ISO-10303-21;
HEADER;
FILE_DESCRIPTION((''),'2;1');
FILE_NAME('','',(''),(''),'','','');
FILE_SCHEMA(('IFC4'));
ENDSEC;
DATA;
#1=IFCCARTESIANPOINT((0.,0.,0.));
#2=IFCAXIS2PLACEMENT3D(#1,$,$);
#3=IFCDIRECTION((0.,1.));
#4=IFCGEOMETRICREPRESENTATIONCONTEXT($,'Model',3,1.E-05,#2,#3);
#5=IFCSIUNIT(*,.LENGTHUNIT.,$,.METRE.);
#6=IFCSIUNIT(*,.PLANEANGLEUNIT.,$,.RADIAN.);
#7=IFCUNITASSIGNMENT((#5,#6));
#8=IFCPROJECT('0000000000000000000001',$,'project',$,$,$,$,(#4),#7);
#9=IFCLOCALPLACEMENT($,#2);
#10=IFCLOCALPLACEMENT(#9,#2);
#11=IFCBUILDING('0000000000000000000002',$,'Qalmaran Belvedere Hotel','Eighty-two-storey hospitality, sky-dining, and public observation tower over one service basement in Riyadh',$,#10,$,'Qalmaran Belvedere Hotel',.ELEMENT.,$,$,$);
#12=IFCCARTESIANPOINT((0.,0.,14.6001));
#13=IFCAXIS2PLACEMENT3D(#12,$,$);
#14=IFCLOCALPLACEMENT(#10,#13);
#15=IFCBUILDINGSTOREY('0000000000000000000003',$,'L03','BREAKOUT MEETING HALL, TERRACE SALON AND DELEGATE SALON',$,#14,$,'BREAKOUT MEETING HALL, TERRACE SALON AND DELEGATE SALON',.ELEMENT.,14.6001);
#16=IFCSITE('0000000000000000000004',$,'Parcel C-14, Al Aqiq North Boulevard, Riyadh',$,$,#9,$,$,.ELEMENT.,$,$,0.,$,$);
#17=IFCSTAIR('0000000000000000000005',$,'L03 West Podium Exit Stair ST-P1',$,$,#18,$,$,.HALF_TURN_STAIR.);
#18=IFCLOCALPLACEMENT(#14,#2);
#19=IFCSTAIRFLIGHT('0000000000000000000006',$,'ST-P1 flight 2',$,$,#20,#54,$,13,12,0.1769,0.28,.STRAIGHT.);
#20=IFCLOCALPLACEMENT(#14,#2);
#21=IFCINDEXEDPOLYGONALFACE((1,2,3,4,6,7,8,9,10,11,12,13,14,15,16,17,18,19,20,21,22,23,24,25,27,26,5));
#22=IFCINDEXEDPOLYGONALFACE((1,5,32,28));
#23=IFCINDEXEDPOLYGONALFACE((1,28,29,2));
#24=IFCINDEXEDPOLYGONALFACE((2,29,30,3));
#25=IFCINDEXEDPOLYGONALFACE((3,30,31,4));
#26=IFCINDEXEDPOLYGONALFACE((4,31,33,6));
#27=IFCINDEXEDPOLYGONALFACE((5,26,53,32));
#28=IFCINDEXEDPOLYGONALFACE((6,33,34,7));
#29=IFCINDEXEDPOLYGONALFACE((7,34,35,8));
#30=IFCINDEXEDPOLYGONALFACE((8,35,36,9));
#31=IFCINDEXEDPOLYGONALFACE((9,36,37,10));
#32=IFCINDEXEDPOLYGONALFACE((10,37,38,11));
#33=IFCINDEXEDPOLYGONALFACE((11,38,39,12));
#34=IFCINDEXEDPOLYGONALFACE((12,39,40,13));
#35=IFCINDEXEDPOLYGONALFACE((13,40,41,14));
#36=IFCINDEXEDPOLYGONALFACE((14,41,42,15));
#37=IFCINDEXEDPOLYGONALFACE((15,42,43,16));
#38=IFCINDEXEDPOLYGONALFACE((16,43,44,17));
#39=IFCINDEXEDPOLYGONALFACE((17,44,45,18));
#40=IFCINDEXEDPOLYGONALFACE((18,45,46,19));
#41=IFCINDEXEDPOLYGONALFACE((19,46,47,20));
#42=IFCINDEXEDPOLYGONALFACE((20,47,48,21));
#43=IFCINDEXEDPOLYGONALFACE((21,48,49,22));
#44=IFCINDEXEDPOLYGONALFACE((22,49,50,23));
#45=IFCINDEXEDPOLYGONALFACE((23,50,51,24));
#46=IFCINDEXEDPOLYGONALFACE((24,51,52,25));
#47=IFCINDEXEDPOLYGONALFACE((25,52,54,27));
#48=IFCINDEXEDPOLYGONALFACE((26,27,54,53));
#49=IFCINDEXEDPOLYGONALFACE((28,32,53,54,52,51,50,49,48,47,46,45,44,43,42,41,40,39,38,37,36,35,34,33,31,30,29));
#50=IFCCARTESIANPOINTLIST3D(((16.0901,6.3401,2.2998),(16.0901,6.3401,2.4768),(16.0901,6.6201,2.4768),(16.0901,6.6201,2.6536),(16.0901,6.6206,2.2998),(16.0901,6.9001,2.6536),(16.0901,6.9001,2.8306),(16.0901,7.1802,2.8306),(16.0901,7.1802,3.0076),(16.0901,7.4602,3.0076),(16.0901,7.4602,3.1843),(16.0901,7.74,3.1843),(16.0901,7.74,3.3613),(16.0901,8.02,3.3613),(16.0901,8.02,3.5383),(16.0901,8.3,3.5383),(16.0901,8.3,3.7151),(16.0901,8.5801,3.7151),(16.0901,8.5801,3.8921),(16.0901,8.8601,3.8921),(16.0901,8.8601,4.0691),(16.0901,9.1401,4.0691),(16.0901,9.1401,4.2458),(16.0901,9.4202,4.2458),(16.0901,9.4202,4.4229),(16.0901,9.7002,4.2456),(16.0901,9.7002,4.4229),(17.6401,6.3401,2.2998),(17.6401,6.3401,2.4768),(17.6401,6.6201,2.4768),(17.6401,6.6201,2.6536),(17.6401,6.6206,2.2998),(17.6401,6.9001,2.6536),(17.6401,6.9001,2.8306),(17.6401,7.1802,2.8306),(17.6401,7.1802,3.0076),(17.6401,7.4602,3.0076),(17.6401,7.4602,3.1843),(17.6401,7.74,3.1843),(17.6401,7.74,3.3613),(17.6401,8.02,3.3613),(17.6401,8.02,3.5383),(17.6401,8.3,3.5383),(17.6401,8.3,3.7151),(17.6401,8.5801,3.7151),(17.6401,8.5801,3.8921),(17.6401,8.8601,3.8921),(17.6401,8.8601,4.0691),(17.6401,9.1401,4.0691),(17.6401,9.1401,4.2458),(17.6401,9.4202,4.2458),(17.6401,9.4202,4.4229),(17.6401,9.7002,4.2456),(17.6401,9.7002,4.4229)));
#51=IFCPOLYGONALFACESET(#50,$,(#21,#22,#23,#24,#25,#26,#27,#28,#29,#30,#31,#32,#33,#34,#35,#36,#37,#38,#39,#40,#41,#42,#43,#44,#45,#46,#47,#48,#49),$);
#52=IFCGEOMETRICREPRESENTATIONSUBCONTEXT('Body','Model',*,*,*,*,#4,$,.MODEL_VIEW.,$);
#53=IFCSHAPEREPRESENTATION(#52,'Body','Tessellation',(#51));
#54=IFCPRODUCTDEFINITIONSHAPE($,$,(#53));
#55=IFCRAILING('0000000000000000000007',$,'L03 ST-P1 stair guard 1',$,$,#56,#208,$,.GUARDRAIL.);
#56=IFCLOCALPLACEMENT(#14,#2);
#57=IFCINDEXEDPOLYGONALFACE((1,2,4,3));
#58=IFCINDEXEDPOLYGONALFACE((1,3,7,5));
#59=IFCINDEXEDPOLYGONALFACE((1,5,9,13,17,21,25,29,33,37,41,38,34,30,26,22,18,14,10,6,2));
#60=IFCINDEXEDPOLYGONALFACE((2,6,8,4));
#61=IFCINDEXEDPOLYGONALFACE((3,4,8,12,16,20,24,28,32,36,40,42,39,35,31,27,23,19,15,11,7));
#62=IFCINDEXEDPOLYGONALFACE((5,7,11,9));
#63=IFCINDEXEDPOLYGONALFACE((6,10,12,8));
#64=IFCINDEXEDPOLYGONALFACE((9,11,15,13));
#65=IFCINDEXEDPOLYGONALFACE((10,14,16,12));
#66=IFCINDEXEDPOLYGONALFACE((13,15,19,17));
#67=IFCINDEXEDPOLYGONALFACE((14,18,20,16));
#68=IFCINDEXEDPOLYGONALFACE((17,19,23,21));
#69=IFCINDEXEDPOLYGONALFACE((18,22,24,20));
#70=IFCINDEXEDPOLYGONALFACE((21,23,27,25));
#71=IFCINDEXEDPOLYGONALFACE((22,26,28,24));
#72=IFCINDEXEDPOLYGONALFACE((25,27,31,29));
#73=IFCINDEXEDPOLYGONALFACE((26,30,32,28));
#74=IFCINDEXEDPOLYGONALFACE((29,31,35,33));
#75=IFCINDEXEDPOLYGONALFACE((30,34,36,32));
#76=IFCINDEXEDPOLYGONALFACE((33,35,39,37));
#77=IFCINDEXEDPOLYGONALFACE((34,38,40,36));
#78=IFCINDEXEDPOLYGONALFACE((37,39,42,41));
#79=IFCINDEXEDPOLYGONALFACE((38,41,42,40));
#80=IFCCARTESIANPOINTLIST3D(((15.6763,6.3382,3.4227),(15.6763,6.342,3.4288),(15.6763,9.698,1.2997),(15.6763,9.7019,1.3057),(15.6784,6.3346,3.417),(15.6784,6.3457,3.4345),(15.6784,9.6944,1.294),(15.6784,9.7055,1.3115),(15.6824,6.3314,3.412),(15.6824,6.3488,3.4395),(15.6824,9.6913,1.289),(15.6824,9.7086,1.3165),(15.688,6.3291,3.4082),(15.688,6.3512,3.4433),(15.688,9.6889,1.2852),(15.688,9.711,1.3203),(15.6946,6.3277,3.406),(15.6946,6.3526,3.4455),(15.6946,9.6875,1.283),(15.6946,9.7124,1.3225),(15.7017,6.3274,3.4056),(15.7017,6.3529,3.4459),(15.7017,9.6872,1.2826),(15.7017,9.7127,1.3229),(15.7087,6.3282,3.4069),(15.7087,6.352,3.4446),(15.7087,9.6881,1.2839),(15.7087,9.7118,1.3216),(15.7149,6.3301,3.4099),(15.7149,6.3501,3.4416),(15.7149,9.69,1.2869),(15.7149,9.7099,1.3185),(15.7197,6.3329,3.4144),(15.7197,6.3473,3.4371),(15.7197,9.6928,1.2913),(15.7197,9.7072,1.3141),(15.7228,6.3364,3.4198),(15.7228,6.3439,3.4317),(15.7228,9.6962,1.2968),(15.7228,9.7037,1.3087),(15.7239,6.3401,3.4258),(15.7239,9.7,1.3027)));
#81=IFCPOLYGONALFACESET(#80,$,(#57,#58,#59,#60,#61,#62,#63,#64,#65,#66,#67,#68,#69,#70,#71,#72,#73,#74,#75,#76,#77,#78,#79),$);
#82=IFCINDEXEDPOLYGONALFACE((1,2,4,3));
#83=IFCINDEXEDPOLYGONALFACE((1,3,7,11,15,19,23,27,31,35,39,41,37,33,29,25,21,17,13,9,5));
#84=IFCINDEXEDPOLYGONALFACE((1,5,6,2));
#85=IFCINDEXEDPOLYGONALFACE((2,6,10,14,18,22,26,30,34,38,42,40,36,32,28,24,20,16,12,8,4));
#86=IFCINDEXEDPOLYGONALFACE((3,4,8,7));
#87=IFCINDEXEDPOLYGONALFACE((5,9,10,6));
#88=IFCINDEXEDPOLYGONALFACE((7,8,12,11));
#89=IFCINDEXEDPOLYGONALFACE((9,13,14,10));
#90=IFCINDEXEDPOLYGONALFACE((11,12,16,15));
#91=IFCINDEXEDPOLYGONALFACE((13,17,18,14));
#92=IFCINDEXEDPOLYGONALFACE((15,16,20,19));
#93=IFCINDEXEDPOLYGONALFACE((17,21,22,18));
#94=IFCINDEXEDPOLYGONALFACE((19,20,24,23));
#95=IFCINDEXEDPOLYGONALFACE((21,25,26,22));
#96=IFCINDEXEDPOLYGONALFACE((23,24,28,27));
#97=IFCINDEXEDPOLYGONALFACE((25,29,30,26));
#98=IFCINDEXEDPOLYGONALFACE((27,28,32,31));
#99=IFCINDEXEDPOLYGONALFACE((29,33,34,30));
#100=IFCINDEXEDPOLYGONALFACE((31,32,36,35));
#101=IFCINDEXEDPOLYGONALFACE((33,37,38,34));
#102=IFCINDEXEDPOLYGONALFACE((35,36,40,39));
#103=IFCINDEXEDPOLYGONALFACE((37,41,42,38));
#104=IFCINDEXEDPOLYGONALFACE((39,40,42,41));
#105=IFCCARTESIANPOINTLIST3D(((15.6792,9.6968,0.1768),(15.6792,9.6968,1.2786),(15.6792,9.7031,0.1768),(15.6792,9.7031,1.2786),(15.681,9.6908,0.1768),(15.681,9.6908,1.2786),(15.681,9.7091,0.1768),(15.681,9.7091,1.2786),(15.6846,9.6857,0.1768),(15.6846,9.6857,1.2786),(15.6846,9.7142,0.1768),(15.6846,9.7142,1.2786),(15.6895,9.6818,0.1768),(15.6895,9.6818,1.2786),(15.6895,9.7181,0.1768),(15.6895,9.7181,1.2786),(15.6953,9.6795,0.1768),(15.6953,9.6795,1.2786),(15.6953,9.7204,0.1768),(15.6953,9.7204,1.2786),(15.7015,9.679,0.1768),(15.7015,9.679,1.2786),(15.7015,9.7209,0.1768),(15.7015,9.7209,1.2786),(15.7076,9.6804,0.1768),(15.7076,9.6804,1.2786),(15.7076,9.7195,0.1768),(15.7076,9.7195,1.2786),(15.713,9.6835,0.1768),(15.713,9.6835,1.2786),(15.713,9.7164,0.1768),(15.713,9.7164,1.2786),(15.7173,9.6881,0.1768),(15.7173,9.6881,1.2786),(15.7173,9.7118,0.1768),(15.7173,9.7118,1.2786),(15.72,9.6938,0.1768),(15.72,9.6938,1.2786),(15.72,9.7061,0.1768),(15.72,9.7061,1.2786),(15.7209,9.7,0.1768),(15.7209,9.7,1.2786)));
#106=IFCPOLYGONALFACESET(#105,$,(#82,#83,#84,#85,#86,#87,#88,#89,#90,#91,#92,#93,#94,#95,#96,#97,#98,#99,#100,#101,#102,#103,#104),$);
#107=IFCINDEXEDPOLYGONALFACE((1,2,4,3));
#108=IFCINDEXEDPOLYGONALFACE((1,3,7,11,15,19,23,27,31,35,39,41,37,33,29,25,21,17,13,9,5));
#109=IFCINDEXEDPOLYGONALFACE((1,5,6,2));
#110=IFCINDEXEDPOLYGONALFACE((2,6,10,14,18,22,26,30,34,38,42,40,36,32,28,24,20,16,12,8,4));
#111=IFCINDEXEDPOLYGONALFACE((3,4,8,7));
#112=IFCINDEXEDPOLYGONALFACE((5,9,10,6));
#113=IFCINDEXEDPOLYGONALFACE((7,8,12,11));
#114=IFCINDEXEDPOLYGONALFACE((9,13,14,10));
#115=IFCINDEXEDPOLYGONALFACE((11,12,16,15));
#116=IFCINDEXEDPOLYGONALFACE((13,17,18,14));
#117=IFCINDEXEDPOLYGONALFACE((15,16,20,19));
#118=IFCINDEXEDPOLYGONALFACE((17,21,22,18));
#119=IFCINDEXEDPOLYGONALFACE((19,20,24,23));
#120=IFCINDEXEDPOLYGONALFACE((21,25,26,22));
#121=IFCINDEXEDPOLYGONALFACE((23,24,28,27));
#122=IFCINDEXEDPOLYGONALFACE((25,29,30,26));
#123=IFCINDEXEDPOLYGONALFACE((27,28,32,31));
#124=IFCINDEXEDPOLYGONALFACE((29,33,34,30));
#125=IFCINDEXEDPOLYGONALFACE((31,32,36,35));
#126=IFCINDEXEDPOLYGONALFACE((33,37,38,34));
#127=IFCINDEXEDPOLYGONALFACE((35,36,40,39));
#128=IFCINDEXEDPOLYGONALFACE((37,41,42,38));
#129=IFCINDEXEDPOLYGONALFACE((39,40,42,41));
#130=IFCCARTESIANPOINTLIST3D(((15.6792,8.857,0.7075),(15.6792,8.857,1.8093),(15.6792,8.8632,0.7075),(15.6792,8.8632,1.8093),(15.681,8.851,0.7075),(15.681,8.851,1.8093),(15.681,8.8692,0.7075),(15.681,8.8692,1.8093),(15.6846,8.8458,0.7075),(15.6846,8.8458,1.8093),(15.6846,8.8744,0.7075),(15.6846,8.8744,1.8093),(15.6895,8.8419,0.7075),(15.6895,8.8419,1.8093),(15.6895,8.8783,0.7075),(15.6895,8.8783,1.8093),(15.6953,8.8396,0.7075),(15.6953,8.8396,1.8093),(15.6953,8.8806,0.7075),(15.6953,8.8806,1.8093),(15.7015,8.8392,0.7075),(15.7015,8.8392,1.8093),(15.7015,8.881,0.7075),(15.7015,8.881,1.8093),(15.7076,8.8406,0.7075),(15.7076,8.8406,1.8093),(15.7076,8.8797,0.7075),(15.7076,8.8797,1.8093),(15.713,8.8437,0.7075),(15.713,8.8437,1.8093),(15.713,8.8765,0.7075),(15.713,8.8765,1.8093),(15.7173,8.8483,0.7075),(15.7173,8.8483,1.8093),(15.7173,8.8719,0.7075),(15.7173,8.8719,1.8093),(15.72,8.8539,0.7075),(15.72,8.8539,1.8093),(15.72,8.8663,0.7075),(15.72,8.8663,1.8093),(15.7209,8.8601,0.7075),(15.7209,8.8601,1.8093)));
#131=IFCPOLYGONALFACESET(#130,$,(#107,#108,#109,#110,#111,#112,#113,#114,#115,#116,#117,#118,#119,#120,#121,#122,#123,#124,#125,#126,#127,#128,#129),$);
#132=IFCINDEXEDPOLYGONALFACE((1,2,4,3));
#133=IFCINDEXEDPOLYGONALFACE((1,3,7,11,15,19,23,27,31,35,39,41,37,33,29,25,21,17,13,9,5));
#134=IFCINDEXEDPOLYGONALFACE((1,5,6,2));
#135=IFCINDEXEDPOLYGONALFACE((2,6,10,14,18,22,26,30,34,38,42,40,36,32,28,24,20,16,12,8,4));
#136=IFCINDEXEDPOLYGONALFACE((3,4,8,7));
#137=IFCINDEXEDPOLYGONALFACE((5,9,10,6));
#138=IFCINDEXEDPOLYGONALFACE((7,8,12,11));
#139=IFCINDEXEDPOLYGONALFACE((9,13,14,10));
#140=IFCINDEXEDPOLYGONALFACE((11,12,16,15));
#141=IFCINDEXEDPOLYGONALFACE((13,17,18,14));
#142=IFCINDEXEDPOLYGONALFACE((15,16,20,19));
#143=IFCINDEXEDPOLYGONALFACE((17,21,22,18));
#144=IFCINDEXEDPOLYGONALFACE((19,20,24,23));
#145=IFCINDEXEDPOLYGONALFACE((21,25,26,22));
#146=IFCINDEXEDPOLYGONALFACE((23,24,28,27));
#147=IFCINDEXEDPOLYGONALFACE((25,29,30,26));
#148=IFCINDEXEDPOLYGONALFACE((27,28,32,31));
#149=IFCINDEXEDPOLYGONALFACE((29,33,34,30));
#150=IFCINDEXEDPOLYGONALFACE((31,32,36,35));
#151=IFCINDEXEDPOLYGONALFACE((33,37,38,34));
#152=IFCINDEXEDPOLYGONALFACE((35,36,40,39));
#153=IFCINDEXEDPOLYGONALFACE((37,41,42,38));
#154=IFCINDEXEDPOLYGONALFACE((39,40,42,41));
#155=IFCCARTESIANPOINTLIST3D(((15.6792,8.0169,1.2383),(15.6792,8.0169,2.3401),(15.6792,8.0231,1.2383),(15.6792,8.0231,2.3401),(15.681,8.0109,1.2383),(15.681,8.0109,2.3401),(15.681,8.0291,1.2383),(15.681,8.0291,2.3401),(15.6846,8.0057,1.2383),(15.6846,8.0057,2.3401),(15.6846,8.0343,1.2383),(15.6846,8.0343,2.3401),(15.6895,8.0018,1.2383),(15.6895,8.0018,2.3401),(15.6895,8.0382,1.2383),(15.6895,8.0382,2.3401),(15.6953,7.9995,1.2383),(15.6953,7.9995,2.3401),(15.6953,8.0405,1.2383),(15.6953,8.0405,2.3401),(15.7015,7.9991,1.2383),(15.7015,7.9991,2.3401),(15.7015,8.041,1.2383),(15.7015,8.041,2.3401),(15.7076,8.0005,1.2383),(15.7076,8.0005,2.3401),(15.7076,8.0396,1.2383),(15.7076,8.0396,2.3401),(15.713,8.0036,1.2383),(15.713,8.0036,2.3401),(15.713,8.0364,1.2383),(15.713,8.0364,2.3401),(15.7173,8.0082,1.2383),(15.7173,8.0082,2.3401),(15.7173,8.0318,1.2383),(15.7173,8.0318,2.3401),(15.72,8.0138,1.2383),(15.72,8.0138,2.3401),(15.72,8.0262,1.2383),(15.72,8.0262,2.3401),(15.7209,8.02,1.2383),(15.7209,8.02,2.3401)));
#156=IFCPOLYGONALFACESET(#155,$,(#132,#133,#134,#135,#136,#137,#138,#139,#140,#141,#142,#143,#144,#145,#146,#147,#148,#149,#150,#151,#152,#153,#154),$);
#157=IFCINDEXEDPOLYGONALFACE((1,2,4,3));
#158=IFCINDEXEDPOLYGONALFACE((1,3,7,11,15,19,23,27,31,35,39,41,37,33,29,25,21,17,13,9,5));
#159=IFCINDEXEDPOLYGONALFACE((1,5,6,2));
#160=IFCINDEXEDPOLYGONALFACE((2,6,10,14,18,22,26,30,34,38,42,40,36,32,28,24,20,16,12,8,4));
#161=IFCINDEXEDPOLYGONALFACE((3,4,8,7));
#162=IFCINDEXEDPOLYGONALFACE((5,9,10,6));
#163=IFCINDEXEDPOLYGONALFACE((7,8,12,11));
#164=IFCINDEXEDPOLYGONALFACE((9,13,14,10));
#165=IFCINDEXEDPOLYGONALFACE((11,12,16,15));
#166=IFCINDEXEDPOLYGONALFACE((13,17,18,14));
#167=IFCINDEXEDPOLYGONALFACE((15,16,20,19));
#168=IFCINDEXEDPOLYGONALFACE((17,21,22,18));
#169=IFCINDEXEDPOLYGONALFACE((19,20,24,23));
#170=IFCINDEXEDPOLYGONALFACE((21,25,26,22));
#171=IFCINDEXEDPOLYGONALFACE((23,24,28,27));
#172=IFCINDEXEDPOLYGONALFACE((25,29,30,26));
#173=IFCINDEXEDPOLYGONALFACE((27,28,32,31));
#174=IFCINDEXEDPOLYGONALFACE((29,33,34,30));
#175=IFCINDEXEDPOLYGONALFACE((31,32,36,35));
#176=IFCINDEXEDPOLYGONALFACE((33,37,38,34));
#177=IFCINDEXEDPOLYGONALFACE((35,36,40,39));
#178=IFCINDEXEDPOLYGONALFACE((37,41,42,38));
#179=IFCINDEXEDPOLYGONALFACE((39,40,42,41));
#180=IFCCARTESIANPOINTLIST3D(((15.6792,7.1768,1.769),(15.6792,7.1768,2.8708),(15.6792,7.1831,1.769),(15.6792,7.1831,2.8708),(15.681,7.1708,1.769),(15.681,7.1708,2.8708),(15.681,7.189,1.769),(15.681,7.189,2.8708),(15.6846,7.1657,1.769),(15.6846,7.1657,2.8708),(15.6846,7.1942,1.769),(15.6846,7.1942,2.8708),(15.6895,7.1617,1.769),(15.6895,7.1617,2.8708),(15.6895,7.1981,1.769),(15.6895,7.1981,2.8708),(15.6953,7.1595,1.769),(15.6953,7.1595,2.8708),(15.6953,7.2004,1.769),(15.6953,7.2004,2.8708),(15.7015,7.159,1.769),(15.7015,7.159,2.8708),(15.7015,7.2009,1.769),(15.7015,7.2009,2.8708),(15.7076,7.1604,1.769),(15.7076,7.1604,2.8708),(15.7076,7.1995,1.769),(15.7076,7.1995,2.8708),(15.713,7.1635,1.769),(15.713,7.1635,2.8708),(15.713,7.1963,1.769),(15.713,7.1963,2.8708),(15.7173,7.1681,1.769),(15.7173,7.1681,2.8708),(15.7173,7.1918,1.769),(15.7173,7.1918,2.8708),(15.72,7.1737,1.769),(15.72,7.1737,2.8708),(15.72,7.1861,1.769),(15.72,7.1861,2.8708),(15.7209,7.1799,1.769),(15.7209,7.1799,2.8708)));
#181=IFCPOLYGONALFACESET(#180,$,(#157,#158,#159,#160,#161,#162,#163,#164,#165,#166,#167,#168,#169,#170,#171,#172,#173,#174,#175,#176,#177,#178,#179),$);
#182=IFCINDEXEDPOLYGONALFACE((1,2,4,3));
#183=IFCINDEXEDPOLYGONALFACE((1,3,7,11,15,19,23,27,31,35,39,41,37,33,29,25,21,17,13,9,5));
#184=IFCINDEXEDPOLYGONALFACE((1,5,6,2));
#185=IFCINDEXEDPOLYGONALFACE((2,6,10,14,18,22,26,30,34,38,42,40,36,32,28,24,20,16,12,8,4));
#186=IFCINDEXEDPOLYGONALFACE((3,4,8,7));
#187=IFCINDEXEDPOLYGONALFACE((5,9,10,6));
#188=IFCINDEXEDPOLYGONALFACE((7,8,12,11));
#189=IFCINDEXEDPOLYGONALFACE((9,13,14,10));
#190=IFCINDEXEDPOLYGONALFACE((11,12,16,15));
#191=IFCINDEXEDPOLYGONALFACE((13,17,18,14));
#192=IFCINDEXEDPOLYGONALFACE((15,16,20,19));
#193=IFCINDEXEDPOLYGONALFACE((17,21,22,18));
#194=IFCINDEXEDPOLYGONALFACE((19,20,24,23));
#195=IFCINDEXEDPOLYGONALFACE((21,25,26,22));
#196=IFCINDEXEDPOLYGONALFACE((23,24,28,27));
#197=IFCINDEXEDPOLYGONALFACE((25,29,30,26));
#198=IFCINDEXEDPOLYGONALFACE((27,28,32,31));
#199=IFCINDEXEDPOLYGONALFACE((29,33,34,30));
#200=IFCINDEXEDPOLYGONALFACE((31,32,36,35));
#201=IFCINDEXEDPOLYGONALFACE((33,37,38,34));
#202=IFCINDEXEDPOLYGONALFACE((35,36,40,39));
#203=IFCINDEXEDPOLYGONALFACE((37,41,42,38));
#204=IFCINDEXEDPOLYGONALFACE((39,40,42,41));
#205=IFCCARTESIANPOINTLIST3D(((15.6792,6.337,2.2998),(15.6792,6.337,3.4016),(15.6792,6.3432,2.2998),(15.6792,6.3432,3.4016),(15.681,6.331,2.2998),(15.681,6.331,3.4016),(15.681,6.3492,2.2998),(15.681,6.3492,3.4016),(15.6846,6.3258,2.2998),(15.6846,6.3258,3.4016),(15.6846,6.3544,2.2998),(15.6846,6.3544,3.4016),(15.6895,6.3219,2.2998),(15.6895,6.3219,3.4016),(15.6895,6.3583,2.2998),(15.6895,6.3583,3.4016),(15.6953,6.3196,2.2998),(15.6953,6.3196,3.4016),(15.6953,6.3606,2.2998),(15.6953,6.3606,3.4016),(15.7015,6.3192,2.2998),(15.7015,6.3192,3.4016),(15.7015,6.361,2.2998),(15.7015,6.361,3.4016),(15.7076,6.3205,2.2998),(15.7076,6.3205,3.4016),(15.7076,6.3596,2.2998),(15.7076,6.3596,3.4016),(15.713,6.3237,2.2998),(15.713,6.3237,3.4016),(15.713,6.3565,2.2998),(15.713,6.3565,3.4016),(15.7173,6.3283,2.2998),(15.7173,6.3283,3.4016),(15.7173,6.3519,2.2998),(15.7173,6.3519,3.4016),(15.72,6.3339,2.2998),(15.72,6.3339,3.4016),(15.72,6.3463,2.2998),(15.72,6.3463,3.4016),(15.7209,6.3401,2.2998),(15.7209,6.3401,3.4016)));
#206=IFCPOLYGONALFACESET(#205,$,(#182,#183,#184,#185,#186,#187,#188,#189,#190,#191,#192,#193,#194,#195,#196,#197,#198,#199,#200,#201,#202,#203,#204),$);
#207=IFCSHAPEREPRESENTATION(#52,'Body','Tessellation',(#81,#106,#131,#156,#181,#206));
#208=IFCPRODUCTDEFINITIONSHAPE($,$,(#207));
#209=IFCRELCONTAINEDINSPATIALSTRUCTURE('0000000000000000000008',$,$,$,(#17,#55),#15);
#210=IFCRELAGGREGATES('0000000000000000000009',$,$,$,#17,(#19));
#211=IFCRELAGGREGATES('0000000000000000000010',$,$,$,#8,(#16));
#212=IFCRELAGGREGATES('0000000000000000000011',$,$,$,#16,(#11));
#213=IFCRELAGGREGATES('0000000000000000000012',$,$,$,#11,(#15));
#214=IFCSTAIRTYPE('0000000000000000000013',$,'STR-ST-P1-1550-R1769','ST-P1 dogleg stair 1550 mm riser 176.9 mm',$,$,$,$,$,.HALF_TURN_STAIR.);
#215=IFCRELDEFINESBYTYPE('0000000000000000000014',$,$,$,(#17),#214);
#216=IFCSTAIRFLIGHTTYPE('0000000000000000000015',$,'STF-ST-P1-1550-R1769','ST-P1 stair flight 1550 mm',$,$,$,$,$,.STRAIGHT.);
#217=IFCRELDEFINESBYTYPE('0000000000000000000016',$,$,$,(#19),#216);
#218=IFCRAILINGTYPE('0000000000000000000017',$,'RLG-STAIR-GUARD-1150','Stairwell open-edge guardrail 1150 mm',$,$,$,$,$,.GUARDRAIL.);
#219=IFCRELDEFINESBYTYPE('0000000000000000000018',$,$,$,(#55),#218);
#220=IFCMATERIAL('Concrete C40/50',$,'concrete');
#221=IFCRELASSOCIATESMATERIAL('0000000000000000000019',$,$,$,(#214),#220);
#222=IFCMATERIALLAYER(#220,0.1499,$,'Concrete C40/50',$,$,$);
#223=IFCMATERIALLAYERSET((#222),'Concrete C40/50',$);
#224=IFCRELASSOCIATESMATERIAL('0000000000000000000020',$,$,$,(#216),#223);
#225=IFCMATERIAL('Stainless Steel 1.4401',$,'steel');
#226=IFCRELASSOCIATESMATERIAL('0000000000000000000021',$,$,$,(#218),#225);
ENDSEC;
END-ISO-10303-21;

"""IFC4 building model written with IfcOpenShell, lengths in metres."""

from ifc_helpers import new_model, si_unit, direction, frame, origin, origin_2d, place, context, subcontext, project, spatial, polyline, circle, outline, extrude, material, layer, layer_set, type_object, element, aggregate, save


model = new_model("IFC4")

# Units and contexts
model_context = context("Model", 3, precision=1e-05, world=origin(), true_north=direction((0.0, 1.0)))
body_context = subcontext(model_context, "Body", "Model", "MODEL_VIEW")
ifc_project = project(units=[si_unit("LENGTHUNIT", "METRE"), si_unit("PLANEANGLEUNIT", "RADIAN")], contexts=[model_context])

# Site, building, storey
site_placement = place(None, origin())
site = spatial("IfcSite", under=ifc_project, at=site_placement, Name="Parcel C-14, Al Aqiq North Boulevard, Riyadh", CompositionType="ELEMENT", RefElevation=0.0)
building_placement = place(site_placement, origin())
building = spatial("IfcBuilding", under=site, at=building_placement, Name="Qalmaran Belvedere Hotel", Description="Eighty-two-storey hospitality, sky-dining, and public observation tower over one service basement in Riyadh", LongName="Qalmaran Belvedere Hotel", CompositionType="ELEMENT")
storey_placement = place(building_placement, frame((0.0, 0.0, 14.6001)))
storey = spatial("IfcBuildingStorey", under=building, at=storey_placement, Name="L03", Description="BREAKOUT MEETING HALL, TERRACE SALON AND DELEGATE SALON", LongName="BREAKOUT MEETING HALL, TERRACE SALON AND DELEGATE SALON", CompositionType="ELEMENT", Elevation=14.6001)

# Stair, stair flight
ifc_material_1 = material(Name="Concrete C40/50", Category="concrete")
stair_type = type_object("IfcStairType", Name="STR-ST-P1-1550-R1769", Description="ST-P1 dogleg stair 1550 mm riser 176.9 mm", PredefinedType="HALF_TURN_STAIR", material=ifc_material_1)
stair_placement = place(storey_placement, origin())
stair = element("IfcStair", 1, at=stair_placement, inside=storey, type_object=stair_type, Name="L03 West Podium Exit Stair ST-P1", PredefinedType="HALF_TURN_STAIR")
ifc_layer_1 = layer(ifc_material_1, 0.1499, Name="Concrete C40/50")
ifc_layer_set_1 = layer_set([ifc_layer_1], Name="Concrete C40/50")
stair_flight_type = type_object("IfcStairFlightType", Name="STF-ST-P1-1550-R1769", Description="ST-P1 stair flight 1550 mm", PredefinedType="STRAIGHT", material=ifc_layer_set_1)
stair_flight_1_placement = place(storey_placement, frame((16.865, 6.3401, 2.2998), z_axis=(0.0, 0.0, 1.0), x_axis=(0.0, 1.0, 0.0)))
stair_flight_1 = element("IfcStairFlight", 2, at=stair_flight_1_placement, type_object=stair_flight_type, Name="ST-P1 flight 2", NumberOfRisers=13, NumberOfTreads=12, PredefinedType="STRAIGHT", RiserHeight=0.1769, TreadLength=0.28, context=body_context, shape_type="SweptSolid", body=[
    extrude(outline(polyline([(0.0, 0.0), (0.0, 0.177), (0.28, 0.177), (0.28, 0.3538), (0.5601, 0.3538), (0.5601, 0.5308), (0.8401, 0.5308), (0.8401, 0.7078), (1.1201, 0.7078), (1.1201, 0.8845), (1.3999, 0.8845), (1.3999, 1.0615), (1.6799, 1.0615), (1.6799, 1.2385), (1.96, 1.2385), (1.96, 1.4153), (2.24, 1.4153), (2.24, 1.5923), (2.52, 1.5923), (2.52, 1.7693), (2.8, 1.7693), (2.8, 1.946), (3.0801, 1.946), (3.0801, 2.123), (3.3601, 2.123), (3.3601, 2.3), (3.3601, 1.9458), (0.2805, 0.0), (0.0, 0.0)])), frame((0.0, 0.7749, 0.0), z_axis=(0.0, -1.0, 0.0), x_axis=(1.0, 0.0, 0.0)), (0.0, 0.0, 1.0), 1.55),
])
aggregate(stair, [stair_flight_1])

# Railing
ifc_material_2 = material(Name="Stainless Steel 1.4401", Category="steel")
railing_type_1 = type_object("IfcRailingType", Name="RLG-STAIR-GUARD-1150", Description="Stairwell open-edge guardrail 1150 mm", PredefinedType="GUARDRAIL", material=ifc_material_2)
railing_1_placement = place(storey_placement, frame((15.7, 9.7, 0.1768)))
element("IfcRailing", 3, at=railing_1_placement, inside=storey, type_object=railing_type_1, Name="L03 ST-P1 stair guard 1", PredefinedType="GUARDRAIL", context=body_context, shape_type="SweptSolid", body=[
    extrude(circle(Radius=0.0239, at=origin_2d()), frame((0.0, 0.0, 1.126), z_axis=(0.0, -0.845372, 0.534178), x_axis=(1.0, 0.0, 0.0)), (0.0, 0.0, 1.0), 3.9744),
    extrude(circle(Radius=0.021, at=origin_2d()), origin(), (0.0, 0.0, 1.0), 1.1018),
    extrude(circle(Radius=0.021, at=origin_2d()), frame((0.0, -0.8398, 0.5308)), (0.0, 0.0, 1.0), 1.1018),
    extrude(circle(Radius=0.021, at=origin_2d()), frame((0.0, -1.6799, 1.0615)), (0.0, 0.0, 1.0), 1.1018),
    extrude(circle(Radius=0.021, at=origin_2d()), frame((0.0, -2.52, 1.5923)), (0.0, 0.0, 1.0), 1.1018),
    extrude(circle(Radius=0.021, at=origin_2d()), frame((0.0, -3.3599, 2.123)), (0.0, 0.0, 1.0), 1.1018),
])

save(model, "model.ifc")
